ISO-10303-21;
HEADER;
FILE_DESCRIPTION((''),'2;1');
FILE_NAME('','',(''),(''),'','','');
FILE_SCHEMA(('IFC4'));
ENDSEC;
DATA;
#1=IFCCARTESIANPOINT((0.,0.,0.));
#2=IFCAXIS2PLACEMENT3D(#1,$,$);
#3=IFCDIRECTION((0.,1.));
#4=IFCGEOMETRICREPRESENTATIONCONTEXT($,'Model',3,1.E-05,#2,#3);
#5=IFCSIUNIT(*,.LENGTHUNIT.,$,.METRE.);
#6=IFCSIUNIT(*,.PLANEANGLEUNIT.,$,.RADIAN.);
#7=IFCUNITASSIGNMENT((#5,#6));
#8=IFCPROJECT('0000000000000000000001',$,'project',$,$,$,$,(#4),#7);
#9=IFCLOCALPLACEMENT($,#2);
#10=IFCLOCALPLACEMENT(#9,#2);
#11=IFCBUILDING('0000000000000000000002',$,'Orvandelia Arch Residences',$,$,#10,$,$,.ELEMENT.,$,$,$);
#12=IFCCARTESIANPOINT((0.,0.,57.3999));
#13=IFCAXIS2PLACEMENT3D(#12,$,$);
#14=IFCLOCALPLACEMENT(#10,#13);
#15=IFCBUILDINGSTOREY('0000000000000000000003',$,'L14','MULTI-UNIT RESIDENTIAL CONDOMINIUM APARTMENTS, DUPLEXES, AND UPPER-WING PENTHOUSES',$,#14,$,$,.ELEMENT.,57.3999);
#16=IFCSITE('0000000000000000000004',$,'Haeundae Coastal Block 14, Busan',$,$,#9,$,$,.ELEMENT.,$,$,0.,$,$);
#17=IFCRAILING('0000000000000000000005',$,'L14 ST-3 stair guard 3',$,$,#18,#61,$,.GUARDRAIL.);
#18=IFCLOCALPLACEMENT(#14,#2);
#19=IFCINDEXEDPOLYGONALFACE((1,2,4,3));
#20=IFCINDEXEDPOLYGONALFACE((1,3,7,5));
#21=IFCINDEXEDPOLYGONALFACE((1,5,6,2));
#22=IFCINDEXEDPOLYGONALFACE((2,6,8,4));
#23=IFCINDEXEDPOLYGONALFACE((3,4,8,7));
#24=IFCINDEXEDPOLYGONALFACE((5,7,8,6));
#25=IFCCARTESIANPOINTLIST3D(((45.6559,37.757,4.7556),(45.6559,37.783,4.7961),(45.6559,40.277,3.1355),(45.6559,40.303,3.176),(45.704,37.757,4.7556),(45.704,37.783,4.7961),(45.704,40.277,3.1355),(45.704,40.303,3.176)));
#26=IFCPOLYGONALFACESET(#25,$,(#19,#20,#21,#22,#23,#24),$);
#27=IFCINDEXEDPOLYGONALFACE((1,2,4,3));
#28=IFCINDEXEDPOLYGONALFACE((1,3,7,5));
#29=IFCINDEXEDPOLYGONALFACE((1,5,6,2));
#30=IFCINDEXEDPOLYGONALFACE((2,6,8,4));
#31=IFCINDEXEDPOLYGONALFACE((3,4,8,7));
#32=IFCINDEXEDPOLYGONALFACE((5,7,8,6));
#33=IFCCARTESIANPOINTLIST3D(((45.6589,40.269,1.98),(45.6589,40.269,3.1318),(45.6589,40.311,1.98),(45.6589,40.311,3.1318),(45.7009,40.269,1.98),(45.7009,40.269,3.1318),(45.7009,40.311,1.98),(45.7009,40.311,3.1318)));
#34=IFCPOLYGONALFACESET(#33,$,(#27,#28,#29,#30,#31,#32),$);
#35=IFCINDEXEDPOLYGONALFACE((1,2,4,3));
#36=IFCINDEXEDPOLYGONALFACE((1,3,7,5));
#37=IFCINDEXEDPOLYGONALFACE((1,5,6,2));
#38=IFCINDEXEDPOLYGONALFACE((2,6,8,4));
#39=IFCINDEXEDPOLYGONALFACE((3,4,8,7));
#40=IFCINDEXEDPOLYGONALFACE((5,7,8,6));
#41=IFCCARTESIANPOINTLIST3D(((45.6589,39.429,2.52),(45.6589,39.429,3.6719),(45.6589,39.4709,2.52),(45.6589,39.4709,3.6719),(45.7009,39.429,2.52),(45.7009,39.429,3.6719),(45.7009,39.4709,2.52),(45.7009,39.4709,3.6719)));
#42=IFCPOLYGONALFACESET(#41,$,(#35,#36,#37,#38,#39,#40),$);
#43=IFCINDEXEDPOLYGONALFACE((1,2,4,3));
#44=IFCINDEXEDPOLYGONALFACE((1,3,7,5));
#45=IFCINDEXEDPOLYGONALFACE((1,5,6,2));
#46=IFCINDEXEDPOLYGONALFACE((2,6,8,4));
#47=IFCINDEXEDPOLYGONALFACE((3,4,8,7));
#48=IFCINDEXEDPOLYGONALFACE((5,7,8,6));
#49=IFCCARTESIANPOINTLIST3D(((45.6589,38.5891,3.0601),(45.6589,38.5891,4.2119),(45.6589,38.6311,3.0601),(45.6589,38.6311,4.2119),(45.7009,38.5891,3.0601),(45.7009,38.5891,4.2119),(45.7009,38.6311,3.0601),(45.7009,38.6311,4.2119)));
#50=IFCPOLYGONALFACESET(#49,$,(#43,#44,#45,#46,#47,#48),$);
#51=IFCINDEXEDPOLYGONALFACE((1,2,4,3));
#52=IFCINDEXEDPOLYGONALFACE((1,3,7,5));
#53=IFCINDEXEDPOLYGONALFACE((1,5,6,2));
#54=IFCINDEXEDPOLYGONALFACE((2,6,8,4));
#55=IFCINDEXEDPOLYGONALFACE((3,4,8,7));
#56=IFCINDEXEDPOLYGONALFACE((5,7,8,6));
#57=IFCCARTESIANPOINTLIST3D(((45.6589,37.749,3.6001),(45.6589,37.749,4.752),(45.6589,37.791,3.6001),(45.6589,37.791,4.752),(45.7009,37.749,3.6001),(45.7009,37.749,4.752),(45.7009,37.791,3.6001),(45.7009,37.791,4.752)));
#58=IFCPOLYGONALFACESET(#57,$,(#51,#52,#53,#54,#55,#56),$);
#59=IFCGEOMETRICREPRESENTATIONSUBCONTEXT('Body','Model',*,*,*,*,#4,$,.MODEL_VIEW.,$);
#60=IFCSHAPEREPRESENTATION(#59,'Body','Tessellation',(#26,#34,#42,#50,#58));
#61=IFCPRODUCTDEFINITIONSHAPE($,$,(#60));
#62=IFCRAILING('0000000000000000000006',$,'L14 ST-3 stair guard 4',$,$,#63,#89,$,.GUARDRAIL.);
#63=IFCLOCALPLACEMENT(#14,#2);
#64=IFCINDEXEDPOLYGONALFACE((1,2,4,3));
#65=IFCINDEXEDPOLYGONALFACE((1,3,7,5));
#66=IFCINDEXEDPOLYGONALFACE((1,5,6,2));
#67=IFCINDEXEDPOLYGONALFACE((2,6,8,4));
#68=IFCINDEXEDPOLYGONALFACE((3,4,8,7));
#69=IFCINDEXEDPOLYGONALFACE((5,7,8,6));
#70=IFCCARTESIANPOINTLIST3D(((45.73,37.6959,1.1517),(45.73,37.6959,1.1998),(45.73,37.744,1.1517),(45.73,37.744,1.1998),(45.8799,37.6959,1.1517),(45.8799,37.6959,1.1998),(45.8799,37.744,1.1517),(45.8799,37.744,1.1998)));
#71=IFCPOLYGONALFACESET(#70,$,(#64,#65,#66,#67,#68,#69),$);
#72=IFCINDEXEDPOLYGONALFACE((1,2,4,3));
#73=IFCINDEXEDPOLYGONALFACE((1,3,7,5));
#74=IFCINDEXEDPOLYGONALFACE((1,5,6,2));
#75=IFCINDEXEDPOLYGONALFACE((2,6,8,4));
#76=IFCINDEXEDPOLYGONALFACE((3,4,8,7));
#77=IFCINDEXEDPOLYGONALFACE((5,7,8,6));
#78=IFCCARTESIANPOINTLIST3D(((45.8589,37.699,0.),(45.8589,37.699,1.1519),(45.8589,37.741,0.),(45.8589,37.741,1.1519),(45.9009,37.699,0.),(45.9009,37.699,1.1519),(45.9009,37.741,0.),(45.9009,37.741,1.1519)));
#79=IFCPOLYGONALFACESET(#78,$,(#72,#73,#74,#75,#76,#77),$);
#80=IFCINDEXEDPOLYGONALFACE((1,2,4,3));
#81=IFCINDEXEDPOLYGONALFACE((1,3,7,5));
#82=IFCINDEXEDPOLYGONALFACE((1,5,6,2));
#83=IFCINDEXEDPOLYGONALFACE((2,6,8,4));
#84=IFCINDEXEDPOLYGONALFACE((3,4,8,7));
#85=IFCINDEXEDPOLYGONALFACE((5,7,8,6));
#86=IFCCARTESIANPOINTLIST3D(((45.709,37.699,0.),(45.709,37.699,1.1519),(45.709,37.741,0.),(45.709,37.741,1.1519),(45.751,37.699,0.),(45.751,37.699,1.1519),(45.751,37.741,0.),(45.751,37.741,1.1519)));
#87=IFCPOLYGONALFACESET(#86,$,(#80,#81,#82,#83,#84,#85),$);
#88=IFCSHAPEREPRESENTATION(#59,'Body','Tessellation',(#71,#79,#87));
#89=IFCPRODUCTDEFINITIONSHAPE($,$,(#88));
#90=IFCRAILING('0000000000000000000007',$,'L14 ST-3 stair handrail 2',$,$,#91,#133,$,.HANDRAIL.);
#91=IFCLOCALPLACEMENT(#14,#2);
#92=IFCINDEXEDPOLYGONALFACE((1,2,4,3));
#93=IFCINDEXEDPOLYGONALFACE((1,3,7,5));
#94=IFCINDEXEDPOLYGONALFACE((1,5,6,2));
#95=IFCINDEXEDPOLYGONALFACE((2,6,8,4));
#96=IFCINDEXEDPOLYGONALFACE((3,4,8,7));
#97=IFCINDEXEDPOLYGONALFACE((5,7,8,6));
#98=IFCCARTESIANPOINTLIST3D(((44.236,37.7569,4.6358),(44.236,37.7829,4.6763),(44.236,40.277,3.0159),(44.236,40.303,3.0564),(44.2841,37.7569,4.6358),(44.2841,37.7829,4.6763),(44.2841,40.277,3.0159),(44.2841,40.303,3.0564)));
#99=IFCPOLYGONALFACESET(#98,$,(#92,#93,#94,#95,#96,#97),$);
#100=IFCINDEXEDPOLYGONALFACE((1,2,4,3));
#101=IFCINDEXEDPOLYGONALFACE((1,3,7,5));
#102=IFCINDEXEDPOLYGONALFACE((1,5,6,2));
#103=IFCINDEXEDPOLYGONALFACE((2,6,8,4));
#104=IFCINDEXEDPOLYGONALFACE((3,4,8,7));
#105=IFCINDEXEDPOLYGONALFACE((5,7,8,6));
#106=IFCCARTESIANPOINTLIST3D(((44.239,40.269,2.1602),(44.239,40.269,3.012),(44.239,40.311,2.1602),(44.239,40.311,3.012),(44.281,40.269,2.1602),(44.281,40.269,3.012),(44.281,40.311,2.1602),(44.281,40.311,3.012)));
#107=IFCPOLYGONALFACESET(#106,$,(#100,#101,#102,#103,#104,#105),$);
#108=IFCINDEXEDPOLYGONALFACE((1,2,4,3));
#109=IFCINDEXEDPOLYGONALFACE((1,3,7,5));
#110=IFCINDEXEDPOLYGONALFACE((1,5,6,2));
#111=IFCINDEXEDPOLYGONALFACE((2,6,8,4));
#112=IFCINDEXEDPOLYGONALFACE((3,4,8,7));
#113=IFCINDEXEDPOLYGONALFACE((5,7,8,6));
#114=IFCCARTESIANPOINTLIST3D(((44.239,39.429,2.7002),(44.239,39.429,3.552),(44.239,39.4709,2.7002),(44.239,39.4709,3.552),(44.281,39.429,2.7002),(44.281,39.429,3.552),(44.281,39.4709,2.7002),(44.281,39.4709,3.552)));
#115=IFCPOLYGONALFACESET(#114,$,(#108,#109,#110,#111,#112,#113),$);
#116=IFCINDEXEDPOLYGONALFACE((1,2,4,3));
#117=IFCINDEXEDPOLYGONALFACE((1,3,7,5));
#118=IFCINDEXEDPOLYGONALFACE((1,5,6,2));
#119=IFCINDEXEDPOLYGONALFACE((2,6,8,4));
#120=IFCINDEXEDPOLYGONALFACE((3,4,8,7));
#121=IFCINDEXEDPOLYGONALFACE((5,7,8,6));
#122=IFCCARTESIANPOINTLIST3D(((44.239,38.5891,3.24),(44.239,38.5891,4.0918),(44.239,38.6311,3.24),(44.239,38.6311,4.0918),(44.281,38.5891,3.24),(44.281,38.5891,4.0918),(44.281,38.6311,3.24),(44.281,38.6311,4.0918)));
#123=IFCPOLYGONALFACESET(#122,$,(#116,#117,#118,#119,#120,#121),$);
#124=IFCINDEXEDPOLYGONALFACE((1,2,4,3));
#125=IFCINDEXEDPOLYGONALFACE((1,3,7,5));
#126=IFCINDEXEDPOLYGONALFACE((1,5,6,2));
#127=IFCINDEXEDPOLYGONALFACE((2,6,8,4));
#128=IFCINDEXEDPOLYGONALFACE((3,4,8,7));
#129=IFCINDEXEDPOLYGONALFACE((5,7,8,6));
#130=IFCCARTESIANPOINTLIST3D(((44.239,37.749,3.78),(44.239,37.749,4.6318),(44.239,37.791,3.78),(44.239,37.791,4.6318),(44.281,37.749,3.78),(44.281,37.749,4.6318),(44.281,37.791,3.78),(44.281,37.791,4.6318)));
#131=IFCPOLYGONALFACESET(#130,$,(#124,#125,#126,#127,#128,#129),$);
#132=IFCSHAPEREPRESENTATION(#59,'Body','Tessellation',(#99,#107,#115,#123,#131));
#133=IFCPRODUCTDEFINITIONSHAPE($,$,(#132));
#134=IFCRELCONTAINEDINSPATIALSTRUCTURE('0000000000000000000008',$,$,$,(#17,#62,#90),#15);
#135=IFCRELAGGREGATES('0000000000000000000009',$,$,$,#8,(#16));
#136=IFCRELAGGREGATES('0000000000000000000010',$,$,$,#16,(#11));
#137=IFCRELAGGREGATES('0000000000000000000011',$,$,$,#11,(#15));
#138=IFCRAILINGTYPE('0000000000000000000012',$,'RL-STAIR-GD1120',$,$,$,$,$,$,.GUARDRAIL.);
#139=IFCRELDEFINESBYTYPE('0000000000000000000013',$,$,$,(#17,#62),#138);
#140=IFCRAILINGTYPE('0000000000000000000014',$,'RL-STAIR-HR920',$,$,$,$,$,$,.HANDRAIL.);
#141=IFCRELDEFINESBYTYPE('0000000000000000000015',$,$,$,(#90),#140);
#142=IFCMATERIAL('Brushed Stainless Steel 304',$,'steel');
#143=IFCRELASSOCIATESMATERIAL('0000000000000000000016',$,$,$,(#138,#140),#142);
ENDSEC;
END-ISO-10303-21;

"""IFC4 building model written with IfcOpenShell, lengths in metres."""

from ifc_helpers import new_model, si_unit, direction, frame, origin, origin_2d, place, context, subcontext, project, spatial, rectangle, extrude, material, type_object, element, save


model = new_model("IFC4")

# Units and contexts
model_context = context("Model", 3, precision=1e-05, world=origin(), true_north=direction((0.0, 1.0)))
body_context = subcontext(model_context, "Body", "Model", "MODEL_VIEW")
ifc_project = project(units=[si_unit("LENGTHUNIT", "METRE"), si_unit("PLANEANGLEUNIT", "RADIAN")], contexts=[model_context])

# Site, building, storey
site_placement = place(None, origin())
site = spatial("IfcSite", under=ifc_project, at=site_placement, Name="Haeundae Coastal Block 14, Busan", CompositionType="ELEMENT", RefElevation=0.0)
building_placement = place(site_placement, origin())
building = spatial("IfcBuilding", under=site, at=building_placement, Name="Orvandelia Arch Residences", CompositionType="ELEMENT")
storey_placement = place(building_placement, frame((0.0, 0.0, 57.3999)))
storey = spatial("IfcBuildingStorey", under=building, at=storey_placement, Name="L14", Description="MULTI-UNIT RESIDENTIAL CONDOMINIUM APARTMENTS, DUPLEXES, AND UPPER-WING PENTHOUSES", CompositionType="ELEMENT", Elevation=57.3999)

# Railings
ifc_material_1 = material(Name="Brushed Stainless Steel 304", Category="steel")
railing_type_1 = type_object("IfcRailingType", Name="RL-STAIR-GD1120", PredefinedType="GUARDRAIL", material=ifc_material_1)
railing_1_placement = place(storey_placement, frame((45.6799, 40.29, 1.98)))
element("IfcRailing", 1, at=railing_1_placement, inside=storey, type_object=railing_type_1, Name="L14 ST-3 stair guard 3", PredefinedType="GUARDRAIL", context=body_context, shape_type="SweptSolid", body=[
    extrude(rectangle(XDim=0.0481, YDim=0.0481, at=origin_2d()), frame((0.0, 0.0, 1.1758), z_axis=(0.0, -0.841163, 0.540782), x_axis=(1.0, 0.0, 0.0)), (0.0, 0.0, 1.0), 2.9958),
    extrude(rectangle(XDim=0.042, YDim=0.042, at=origin_2d()), origin(), (0.0, 0.0, 1.0), 1.1519),
    extrude(rectangle(XDim=0.042, YDim=0.042, at=origin_2d()), frame((0.0, -0.8401, 0.54)), (0.0, 0.0, 1.0), 1.1519),
    extrude(rectangle(XDim=0.042, YDim=0.042, at=origin_2d()), frame((0.0, -1.6799, 1.0801)), (0.0, 0.0, 1.0), 1.1519),
    extrude(rectangle(XDim=0.042, YDim=0.042, at=origin_2d()), frame((0.0, -2.52, 1.6201)), (0.0, 0.0, 1.0), 1.1519),
])
railing_2_placement = place(storey_placement, frame((45.8799, 37.72, 0.0)))
element("IfcRailing", 2, at=railing_2_placement, inside=storey, type_object=railing_type_1, Name="L14 ST-3 stair guard 4", PredefinedType="GUARDRAIL", context=body_context, shape_type="SweptSolid", body=[
    extrude(rectangle(XDim=0.0481, YDim=0.0481, at=origin_2d()), frame((0.0, 0.0, 1.1758), z_axis=(-1.0, 0.0, 0.0), x_axis=(0.0, -1.0, 0.0)), (0.0, 0.0, 1.0), 0.1499),
    extrude(rectangle(XDim=0.042, YDim=0.042, at=origin_2d()), origin(), (0.0, 0.0, 1.0), 1.1519),
    extrude(rectangle(XDim=0.042, YDim=0.042, at=origin_2d()), frame((-0.1499, 0.0, 0.0)), (0.0, 0.0, 1.0), 1.1519),
])
railing_type_2 = type_object("IfcRailingType", Name="RL-STAIR-HR920", PredefinedType="HANDRAIL", material=ifc_material_1)
railing_3_placement = place(storey_placement, frame((44.26, 40.29, 2.1602)))
element("IfcRailing", 3, at=railing_3_placement, inside=storey, type_object=railing_type_2, Name="L14 ST-3 stair handrail 2", PredefinedType="HANDRAIL", context=body_context, shape_type="SweptSolid", body=[
    extrude(rectangle(XDim=0.0481, YDim=0.0481, at=origin_2d()), frame((0.0, 0.0, 0.876), z_axis=(0.0, -0.8412, 0.540725), x_axis=(1.0, 0.0, 0.0)), (0.0, 0.0, 1.0), 2.9958),
    extrude(rectangle(XDim=0.042, YDim=0.042, at=origin_2d()), origin(), (0.0, 0.0, 1.0), 0.8518),
    extrude(rectangle(XDim=0.042, YDim=0.042, at=origin_2d()), frame((0.0, -0.8401, 0.54)), (0.0, 0.0, 1.0), 0.8518),
    extrude(rectangle(XDim=0.042, YDim=0.042, at=origin_2d()), frame((0.0, -1.6799, 1.0798)), (0.0, 0.0, 1.0), 0.8518),
    extrude(rectangle(XDim=0.042, YDim=0.042, at=origin_2d()), frame((0.0, -2.52, 1.6199)), (0.0, 0.0, 1.0), 0.8518),
])

save(model, "model.ifc")
